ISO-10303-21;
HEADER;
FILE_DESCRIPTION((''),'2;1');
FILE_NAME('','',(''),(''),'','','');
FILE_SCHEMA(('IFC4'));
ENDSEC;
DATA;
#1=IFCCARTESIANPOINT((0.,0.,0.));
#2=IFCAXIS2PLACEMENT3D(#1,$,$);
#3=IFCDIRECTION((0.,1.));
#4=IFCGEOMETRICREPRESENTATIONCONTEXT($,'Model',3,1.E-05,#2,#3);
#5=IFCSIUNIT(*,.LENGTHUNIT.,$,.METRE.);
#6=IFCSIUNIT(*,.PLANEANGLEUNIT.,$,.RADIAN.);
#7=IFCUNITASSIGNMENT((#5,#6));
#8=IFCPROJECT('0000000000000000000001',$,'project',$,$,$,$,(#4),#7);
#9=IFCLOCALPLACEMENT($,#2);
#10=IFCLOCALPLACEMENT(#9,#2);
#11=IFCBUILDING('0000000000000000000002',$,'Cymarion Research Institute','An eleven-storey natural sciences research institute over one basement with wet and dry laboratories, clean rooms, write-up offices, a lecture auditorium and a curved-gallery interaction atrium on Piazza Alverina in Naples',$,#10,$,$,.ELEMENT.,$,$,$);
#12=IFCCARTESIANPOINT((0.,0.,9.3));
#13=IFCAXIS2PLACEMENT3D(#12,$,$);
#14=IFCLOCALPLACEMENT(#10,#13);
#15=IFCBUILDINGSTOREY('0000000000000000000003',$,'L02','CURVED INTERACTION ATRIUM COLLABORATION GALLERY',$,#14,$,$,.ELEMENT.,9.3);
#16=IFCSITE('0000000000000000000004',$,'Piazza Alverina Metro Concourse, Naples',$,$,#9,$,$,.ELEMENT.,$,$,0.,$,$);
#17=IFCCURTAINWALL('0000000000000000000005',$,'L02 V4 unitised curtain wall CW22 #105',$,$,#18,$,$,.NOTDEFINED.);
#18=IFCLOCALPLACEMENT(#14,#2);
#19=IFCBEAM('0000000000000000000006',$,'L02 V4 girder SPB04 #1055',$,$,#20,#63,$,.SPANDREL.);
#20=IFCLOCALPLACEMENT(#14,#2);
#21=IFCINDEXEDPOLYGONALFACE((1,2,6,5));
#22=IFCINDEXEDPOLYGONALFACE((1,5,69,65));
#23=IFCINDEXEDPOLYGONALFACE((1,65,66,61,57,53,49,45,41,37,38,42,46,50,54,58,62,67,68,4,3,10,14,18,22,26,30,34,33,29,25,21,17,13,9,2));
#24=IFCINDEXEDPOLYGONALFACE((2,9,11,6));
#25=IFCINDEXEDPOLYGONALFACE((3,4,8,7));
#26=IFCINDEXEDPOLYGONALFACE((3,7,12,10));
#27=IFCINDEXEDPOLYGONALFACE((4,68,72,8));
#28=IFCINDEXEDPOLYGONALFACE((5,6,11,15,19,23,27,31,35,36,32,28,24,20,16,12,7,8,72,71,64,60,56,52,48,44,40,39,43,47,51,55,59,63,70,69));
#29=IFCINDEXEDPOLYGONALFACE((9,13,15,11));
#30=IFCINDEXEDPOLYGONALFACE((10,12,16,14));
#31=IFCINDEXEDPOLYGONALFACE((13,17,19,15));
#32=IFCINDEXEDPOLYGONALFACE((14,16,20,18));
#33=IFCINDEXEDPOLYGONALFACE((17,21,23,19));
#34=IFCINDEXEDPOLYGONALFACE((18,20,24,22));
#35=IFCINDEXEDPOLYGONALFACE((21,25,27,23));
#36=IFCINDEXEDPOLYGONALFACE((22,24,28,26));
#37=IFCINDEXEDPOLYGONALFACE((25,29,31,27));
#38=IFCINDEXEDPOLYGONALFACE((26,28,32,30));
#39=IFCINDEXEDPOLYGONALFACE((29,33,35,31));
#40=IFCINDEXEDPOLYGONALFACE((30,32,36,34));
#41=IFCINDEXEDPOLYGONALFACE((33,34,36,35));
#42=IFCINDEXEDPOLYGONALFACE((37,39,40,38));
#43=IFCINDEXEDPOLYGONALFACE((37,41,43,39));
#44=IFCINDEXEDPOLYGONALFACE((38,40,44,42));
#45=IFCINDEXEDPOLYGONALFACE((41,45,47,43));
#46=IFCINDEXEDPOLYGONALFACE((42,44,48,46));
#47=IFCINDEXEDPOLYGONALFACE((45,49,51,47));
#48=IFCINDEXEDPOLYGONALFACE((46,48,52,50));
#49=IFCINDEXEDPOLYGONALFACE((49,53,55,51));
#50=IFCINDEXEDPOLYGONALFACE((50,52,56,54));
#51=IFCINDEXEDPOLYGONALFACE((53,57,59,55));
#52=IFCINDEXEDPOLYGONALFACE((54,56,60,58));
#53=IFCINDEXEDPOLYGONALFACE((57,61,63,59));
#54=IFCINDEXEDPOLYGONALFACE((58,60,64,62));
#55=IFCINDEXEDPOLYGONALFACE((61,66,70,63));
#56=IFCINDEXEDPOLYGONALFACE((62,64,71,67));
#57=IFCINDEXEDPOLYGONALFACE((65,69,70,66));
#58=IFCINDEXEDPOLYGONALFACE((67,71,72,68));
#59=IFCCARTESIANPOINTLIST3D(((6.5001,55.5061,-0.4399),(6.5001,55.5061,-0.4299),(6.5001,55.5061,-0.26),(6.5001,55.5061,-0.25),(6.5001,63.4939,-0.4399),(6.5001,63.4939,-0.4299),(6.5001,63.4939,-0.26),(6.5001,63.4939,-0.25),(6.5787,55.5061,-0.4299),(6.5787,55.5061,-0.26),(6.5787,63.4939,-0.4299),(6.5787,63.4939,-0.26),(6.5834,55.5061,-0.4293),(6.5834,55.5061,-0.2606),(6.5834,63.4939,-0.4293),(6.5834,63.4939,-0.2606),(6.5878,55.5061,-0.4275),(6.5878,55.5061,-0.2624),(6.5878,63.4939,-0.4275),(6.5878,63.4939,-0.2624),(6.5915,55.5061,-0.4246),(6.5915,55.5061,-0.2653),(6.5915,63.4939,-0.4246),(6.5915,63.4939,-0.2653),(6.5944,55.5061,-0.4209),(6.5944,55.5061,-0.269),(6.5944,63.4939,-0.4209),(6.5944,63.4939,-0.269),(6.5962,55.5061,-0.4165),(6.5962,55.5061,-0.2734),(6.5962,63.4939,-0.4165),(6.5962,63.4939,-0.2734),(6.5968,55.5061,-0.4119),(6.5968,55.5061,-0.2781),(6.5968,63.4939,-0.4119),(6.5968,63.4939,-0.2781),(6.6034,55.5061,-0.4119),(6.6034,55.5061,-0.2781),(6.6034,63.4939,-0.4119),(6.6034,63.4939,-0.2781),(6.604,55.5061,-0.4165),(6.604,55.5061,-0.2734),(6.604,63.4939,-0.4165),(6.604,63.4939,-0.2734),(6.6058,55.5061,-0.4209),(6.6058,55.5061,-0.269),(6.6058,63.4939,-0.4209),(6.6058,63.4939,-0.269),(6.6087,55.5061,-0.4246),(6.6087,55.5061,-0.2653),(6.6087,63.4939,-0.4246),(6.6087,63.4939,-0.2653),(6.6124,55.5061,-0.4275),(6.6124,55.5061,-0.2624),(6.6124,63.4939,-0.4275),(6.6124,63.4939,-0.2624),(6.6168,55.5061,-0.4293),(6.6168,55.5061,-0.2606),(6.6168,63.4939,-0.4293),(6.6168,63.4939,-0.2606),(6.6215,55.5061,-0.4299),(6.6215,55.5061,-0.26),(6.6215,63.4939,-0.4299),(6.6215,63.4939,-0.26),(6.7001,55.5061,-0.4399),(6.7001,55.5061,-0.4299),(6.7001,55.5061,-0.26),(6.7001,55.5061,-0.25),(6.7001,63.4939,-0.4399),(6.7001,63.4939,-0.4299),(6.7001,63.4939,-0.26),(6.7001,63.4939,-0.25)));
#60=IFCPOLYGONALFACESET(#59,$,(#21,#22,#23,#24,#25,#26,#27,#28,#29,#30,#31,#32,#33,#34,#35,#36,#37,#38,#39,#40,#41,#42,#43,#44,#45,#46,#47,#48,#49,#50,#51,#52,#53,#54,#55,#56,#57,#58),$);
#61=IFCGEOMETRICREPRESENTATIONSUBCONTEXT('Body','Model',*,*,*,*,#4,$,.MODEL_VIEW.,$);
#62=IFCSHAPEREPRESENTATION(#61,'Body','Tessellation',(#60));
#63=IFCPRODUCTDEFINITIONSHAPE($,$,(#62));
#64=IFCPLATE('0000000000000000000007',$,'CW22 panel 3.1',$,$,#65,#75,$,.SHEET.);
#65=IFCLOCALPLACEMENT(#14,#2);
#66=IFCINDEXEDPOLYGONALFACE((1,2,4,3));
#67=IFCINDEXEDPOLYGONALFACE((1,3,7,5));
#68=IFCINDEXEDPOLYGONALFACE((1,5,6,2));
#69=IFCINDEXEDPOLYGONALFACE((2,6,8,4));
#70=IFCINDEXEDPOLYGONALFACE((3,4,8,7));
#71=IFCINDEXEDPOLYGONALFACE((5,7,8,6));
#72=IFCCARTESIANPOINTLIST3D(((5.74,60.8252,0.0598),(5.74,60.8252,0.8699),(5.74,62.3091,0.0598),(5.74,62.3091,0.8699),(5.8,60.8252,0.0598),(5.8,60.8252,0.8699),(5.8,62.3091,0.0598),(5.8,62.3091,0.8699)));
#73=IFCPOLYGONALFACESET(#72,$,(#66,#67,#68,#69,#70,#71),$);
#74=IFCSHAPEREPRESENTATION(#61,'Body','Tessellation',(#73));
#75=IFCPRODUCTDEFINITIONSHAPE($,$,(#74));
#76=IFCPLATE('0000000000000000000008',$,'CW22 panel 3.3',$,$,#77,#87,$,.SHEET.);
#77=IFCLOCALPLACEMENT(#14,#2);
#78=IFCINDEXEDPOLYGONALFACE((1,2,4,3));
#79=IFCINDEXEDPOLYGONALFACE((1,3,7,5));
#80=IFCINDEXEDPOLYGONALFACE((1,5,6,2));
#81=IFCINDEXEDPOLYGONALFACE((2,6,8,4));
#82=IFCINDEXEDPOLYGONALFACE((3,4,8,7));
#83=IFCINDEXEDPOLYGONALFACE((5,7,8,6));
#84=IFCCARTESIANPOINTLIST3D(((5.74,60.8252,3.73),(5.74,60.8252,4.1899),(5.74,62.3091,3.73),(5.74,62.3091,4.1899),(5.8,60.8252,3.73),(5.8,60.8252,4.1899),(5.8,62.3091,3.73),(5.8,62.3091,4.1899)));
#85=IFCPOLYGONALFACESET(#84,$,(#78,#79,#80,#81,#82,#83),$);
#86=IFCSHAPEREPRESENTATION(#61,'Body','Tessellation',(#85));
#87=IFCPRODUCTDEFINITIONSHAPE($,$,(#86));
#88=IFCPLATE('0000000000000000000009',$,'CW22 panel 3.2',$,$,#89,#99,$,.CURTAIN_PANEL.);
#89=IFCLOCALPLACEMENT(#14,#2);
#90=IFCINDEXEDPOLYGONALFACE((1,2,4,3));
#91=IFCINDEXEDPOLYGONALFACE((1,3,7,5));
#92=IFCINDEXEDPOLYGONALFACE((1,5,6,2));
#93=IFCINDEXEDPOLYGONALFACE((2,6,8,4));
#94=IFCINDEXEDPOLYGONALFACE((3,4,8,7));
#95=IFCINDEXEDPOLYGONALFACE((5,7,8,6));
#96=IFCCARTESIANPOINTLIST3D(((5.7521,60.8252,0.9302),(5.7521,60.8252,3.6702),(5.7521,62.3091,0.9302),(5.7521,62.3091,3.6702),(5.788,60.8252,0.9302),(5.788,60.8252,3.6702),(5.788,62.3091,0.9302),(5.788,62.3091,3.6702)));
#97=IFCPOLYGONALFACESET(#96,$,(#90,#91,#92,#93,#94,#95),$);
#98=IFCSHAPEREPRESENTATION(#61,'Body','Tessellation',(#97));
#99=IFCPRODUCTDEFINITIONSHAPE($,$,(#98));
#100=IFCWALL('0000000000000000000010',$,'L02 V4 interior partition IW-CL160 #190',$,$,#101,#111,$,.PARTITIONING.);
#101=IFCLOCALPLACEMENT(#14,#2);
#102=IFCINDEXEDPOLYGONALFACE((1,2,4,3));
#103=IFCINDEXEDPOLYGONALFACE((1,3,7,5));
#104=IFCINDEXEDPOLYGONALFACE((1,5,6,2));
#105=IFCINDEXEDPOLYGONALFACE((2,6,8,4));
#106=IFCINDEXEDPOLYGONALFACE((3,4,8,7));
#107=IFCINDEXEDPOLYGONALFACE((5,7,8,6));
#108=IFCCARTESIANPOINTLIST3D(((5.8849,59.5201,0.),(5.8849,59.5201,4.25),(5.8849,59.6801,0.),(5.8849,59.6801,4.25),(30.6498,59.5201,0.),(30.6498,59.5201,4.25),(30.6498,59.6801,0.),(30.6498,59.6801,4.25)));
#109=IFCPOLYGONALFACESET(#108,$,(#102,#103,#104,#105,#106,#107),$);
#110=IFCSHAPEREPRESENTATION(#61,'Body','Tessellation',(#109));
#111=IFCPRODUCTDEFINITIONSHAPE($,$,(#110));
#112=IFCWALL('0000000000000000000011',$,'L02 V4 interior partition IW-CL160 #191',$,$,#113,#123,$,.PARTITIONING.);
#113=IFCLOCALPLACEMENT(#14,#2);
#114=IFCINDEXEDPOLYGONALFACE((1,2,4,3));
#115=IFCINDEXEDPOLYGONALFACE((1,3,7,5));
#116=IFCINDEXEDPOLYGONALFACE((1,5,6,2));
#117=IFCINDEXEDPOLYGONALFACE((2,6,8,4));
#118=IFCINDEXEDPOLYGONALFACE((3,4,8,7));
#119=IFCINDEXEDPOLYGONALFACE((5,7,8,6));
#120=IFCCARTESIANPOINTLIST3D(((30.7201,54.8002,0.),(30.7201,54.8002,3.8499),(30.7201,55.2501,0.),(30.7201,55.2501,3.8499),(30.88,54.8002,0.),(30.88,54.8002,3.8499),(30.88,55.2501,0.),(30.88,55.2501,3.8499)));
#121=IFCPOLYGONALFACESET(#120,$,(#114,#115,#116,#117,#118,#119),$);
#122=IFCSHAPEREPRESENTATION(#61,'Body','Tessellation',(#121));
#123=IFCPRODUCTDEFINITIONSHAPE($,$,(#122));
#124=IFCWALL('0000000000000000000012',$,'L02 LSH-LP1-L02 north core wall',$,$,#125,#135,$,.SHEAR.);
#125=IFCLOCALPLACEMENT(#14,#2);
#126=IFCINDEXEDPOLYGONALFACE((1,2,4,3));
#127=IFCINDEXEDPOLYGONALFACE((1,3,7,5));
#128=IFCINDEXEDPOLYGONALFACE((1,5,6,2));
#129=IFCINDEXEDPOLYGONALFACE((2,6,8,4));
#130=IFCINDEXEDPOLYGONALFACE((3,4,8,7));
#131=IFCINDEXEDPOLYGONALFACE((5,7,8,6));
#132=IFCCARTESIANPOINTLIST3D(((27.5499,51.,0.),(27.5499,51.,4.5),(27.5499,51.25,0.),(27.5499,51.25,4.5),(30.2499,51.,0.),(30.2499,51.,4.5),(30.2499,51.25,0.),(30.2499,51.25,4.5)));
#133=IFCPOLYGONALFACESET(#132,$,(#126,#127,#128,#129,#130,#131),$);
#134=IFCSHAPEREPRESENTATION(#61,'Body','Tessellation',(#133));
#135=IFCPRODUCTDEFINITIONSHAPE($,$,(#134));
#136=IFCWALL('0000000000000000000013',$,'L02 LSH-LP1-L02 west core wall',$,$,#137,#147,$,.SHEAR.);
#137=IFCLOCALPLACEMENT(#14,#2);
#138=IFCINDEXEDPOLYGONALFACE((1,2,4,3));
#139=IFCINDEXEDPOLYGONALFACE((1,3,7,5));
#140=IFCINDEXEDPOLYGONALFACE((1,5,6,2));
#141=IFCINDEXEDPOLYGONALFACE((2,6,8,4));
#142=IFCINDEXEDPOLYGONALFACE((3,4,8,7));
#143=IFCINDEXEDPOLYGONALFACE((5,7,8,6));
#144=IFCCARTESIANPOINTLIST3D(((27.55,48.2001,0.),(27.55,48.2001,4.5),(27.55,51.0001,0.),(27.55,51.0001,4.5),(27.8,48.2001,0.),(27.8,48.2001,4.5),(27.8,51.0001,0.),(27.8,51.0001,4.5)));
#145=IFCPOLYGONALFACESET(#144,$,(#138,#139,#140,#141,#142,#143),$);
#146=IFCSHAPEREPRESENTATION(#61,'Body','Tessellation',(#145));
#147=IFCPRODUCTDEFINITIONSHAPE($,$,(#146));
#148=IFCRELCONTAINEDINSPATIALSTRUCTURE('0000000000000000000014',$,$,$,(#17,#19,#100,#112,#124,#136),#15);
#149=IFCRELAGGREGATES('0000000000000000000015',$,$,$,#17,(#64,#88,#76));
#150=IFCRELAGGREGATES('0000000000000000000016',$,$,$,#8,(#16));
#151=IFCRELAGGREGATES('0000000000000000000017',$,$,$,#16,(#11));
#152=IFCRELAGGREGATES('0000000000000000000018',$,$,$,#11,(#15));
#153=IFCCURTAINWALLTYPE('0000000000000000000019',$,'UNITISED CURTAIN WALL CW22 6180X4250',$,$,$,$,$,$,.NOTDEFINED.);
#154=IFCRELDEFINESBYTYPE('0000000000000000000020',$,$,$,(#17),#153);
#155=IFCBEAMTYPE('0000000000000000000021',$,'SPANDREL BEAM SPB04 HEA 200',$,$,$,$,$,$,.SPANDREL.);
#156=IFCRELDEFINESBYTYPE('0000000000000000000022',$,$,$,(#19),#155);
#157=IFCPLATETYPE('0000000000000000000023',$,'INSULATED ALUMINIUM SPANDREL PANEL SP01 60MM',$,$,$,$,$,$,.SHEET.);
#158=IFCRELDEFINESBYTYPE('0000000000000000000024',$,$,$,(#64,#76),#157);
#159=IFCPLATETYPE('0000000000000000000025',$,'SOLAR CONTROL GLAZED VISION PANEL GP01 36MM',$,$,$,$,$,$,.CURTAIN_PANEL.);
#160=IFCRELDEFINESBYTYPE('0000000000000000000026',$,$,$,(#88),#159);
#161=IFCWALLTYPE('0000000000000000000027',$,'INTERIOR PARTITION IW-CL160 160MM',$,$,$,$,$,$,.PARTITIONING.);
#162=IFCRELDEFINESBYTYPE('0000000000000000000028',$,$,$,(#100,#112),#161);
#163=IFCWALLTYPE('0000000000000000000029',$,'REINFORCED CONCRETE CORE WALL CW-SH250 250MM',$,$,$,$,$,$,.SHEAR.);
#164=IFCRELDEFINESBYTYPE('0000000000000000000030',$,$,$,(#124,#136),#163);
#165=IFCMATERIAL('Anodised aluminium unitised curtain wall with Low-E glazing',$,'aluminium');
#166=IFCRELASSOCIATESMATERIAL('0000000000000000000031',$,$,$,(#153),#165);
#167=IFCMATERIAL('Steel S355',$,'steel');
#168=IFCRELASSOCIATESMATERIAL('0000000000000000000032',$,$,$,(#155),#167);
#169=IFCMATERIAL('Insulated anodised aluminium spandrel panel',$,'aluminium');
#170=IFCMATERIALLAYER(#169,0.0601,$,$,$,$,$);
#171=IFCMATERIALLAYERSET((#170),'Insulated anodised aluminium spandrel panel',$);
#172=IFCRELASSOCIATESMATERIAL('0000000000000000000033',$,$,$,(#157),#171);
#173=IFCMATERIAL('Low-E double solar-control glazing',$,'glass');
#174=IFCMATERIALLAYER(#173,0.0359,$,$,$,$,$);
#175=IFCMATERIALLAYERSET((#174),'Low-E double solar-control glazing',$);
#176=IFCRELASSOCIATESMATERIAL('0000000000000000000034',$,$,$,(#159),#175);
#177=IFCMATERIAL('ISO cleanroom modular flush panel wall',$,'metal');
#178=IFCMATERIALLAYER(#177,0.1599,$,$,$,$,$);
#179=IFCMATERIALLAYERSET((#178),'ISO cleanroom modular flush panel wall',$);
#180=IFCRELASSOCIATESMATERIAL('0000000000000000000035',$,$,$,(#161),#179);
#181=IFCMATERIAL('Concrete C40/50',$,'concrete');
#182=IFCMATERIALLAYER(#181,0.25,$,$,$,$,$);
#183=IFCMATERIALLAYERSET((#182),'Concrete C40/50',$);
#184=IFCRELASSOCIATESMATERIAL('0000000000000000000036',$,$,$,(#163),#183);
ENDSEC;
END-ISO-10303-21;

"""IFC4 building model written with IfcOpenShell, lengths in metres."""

from ifc_helpers import new_model, si_unit, direction, frame, frame_2d, origin, origin_2d, place, context, subcontext, project, spatial, rectangle, i_section, extrude, material, layer, layer_set, material_profile, profile_set, type_object, element, aggregate, save


model = new_model("IFC4")

# Units and contexts
model_context = context("Model", 3, precision=1e-05, world=origin(), true_north=direction((0.0, 1.0)))
body_context = subcontext(model_context, "Body", "Model", "MODEL_VIEW")
ifc_project = project(units=[si_unit("LENGTHUNIT", "METRE"), si_unit("PLANEANGLEUNIT", "RADIAN")], contexts=[model_context])

# Site, building, storey
site_placement = place(None, origin())
site = spatial("IfcSite", under=ifc_project, at=site_placement, Name="Piazza Alverina Metro Concourse, Naples", CompositionType="ELEMENT", RefElevation=0.0)
building_placement = place(site_placement, origin())
building = spatial("IfcBuilding", under=site, at=building_placement, Name="Cymarion Research Institute", Description="An eleven-storey natural sciences research institute over one basement with wet and dry laboratories, clean rooms, write-up offices, a lecture auditorium and a curved-gallery interaction atrium on Piazza Alverina in Naples", CompositionType="ELEMENT")
storey_placement = place(building_placement, frame((0.0, 0.0, 9.3)))
storey = spatial("IfcBuildingStorey", under=building, at=storey_placement, Name="L02", Description="CURVED INTERACTION ATRIUM COLLABORATION GALLERY", CompositionType="ELEMENT", Elevation=9.3)

# Shared definitions
ifc_material_1 = material(Name="Steel S355", Category="steel")
ifc_material_2 = material(Name="Concrete C40/50", Category="concrete")

# Curtain wall
ifc_material_3 = material(Name="Anodised aluminium unitised curtain wall with Low-E glazing", Category="aluminium")
curtain_wall_type = type_object("IfcCurtainWallType", Name="UNITISED CURTAIN WALL CW22 6180X4250", PredefinedType="NOTDEFINED", material=ifc_material_3)
curtain_wall_placement = place(storey_placement, origin())
curtain_wall = element("IfcCurtainWall", 1, at=curtain_wall_placement, inside=storey, type_object=curtain_wall_type, Name="L02 V4 unitised curtain wall CW22 #105", PredefinedType="NOTDEFINED")

# Beam
ifc_material_profile_1 = material_profile(ifc_material_1, i_section(OverallWidth=0.2, OverallDepth=0.1899, WebThickness=0.0066, FlangeThickness=0.01, FilletRadius=0.0181, at=origin_2d()), Name="HEA 200")
ifc_profile_set_1 = profile_set([ifc_material_profile_1], Name="Steel S355")
beam_type_1 = type_object("IfcBeamType", Name="SPANDREL BEAM SPB04 HEA 200", PredefinedType="SPANDREL", material=ifc_profile_set_1)
beam_placement = place(storey_placement, frame((6.6001, 55.5061, -0.345), z_axis=(0.0, 1.0, 0.0), x_axis=(-1.0, 0.0, 0.0)))
element("IfcBeam", 2, at=beam_placement, inside=storey, type_object=beam_type_1, Name="L02 V4 girder SPB04 #1055", PredefinedType="SPANDREL", context=body_context, shape_type="SweptSolid", body=[
    extrude(i_section(OverallWidth=0.2, OverallDepth=0.1899, WebThickness=0.0066, FlangeThickness=0.01, FilletRadius=0.0181, at=origin_2d()), origin(), (0.0, 0.0, 1.0), 7.9878),
])

# Plates
ifc_material_4 = material(Name="Insulated anodised aluminium spandrel panel", Category="aluminium")
ifc_layer_1 = layer(ifc_material_4, 0.0601)
ifc_layer_set_1 = layer_set([ifc_layer_1], Name="Insulated anodised aluminium spandrel panel")
plate_type_1 = type_object("IfcPlateType", Name="INSULATED ALUMINIUM SPANDREL PANEL SP01 60MM", PredefinedType="SHEET", material=ifc_layer_set_1)
plate_1_placement = place(storey_placement, frame((5.77, 61.5671, 0.0598), z_axis=(0.0, 0.0, 1.0), x_axis=(0.0, -1.0, 0.0)))
plate_1 = element("IfcPlate", 3, at=plate_1_placement, type_object=plate_type_1, Name="CW22 panel 3.1", PredefinedType="SHEET", context=body_context, shape_type="SweptSolid", body=[
    extrude(rectangle(XDim=1.4839, YDim=0.0601, at=origin_2d()), origin(), (0.0, 0.0, 1.0), 0.8101),
])
plate_2_placement = place(storey_placement, frame((5.77, 61.5671, 3.73), z_axis=(0.0, 0.0, 1.0), x_axis=(0.0, -1.0, 0.0)))
plate_2 = element("IfcPlate", 4, at=plate_2_placement, type_object=plate_type_1, Name="CW22 panel 3.3", PredefinedType="SHEET", context=body_context, shape_type="SweptSolid", body=[
    extrude(rectangle(XDim=1.4839, YDim=0.0601, at=origin_2d()), origin(), (0.0, 0.0, 1.0), 0.46),
])
ifc_material_5 = material(Name="Low-E double solar-control glazing", Category="glass")
ifc_layer_2 = layer(ifc_material_5, 0.0359)
ifc_layer_set_2 = layer_set([ifc_layer_2], Name="Low-E double solar-control glazing")
plate_type_2 = type_object("IfcPlateType", Name="SOLAR CONTROL GLAZED VISION PANEL GP01 36MM", PredefinedType="CURTAIN_PANEL", material=ifc_layer_set_2)
plate_3_placement = place(storey_placement, frame((5.77, 61.5671, 0.9302), z_axis=(0.0, 0.0, 1.0), x_axis=(0.0, -1.0, 0.0)))
plate_3 = element("IfcPlate", 5, at=plate_3_placement, type_object=plate_type_2, Name="CW22 panel 3.2", PredefinedType="CURTAIN_PANEL", context=body_context, shape_type="SweptSolid", body=[
    extrude(rectangle(XDim=1.4839, YDim=0.0359, at=origin_2d()), origin(), (0.0, 0.0, 1.0), 2.74),
])
aggregate(curtain_wall, [plate_1, plate_3, plate_2])

# Walls
ifc_material_6 = material(Name="ISO cleanroom modular flush panel wall", Category="metal")
ifc_layer_3 = layer(ifc_material_6, 0.1599)
ifc_layer_set_3 = layer_set([ifc_layer_3], Name="ISO cleanroom modular flush panel wall")
wall_type_1 = type_object("IfcWallType", Name="INTERIOR PARTITION IW-CL160 160MM", PredefinedType="PARTITIONING", material=ifc_layer_set_3)
wall_1_placement = place(storey_placement, frame((5.885, 59.6001, 0.0), z_axis=(0.0, 0.0, 1.0), x_axis=(1.0, 0.0, 0.0)))
element("IfcWall", 6, at=wall_1_placement, inside=storey, type_object=wall_type_1, Name="L02 V4 interior partition IW-CL160 #190", PredefinedType="PARTITIONING", context=body_context, shape_type="SweptSolid", body=[
    extrude(rectangle(XDim=24.7649, YDim=0.1599, at=frame_2d((12.3823, 0.0))), origin(), (0.0, 0.0, 1.0), 4.25),
])
wall_2_placement = place(storey_placement, frame((30.8, 54.8, 0.0), z_axis=(0.0, 0.0, 1.0), x_axis=(0.0, 1.0, 0.0)))
element("IfcWall", 7, at=wall_2_placement, inside=storey, type_object=wall_type_1, Name="L02 V4 interior partition IW-CL160 #191", PredefinedType="PARTITIONING", context=body_context, shape_type="SweptSolid", body=[
    extrude(rectangle(XDim=0.45, YDim=0.1599, at=frame_2d((0.2251, 0.0))), origin(), (0.0, 0.0, 1.0), 3.8499),
])

# Walls
ifc_layer_4 = layer(ifc_material_2, 0.25)
ifc_layer_set_4 = layer_set([ifc_layer_4], Name="Concrete C40/50")
wall_type_2 = type_object("IfcWallType", Name="REINFORCED CONCRETE CORE WALL CW-SH250 250MM", PredefinedType="SHEAR", material=ifc_layer_set_4)
wall_3_placement = place(storey_placement, frame((30.25, 51.125, 0.0), z_axis=(0.0, 0.0, 1.0), x_axis=(-1.0, 0.0, 0.0)))
element("IfcWall", 8, at=wall_3_placement, inside=storey, type_object=wall_type_2, Name="L02 LSH-LP1-L02 north core wall", PredefinedType="SHEAR", context=body_context, shape_type="SweptSolid", body=[
    extrude(rectangle(XDim=2.7, YDim=0.25, at=frame_2d((1.3501, 0.0))), origin(), (0.0, 0.0, 1.0), 4.5),
])
wall_4_placement = place(storey_placement, frame((27.675, 51.0, 0.0), z_axis=(0.0, 0.0, 1.0), x_axis=(0.0, -1.0, 0.0)))
element("IfcWall", 9, at=wall_4_placement, inside=storey, type_object=wall_type_2, Name="L02 LSH-LP1-L02 west core wall", PredefinedType="SHEAR", context=body_context, shape_type="SweptSolid", body=[
    extrude(rectangle(XDim=2.8, YDim=0.25, at=frame_2d((1.3999, 0.0))), origin(), (0.0, 0.0, 1.0), 4.5),
])

save(model, "model.ifc")
